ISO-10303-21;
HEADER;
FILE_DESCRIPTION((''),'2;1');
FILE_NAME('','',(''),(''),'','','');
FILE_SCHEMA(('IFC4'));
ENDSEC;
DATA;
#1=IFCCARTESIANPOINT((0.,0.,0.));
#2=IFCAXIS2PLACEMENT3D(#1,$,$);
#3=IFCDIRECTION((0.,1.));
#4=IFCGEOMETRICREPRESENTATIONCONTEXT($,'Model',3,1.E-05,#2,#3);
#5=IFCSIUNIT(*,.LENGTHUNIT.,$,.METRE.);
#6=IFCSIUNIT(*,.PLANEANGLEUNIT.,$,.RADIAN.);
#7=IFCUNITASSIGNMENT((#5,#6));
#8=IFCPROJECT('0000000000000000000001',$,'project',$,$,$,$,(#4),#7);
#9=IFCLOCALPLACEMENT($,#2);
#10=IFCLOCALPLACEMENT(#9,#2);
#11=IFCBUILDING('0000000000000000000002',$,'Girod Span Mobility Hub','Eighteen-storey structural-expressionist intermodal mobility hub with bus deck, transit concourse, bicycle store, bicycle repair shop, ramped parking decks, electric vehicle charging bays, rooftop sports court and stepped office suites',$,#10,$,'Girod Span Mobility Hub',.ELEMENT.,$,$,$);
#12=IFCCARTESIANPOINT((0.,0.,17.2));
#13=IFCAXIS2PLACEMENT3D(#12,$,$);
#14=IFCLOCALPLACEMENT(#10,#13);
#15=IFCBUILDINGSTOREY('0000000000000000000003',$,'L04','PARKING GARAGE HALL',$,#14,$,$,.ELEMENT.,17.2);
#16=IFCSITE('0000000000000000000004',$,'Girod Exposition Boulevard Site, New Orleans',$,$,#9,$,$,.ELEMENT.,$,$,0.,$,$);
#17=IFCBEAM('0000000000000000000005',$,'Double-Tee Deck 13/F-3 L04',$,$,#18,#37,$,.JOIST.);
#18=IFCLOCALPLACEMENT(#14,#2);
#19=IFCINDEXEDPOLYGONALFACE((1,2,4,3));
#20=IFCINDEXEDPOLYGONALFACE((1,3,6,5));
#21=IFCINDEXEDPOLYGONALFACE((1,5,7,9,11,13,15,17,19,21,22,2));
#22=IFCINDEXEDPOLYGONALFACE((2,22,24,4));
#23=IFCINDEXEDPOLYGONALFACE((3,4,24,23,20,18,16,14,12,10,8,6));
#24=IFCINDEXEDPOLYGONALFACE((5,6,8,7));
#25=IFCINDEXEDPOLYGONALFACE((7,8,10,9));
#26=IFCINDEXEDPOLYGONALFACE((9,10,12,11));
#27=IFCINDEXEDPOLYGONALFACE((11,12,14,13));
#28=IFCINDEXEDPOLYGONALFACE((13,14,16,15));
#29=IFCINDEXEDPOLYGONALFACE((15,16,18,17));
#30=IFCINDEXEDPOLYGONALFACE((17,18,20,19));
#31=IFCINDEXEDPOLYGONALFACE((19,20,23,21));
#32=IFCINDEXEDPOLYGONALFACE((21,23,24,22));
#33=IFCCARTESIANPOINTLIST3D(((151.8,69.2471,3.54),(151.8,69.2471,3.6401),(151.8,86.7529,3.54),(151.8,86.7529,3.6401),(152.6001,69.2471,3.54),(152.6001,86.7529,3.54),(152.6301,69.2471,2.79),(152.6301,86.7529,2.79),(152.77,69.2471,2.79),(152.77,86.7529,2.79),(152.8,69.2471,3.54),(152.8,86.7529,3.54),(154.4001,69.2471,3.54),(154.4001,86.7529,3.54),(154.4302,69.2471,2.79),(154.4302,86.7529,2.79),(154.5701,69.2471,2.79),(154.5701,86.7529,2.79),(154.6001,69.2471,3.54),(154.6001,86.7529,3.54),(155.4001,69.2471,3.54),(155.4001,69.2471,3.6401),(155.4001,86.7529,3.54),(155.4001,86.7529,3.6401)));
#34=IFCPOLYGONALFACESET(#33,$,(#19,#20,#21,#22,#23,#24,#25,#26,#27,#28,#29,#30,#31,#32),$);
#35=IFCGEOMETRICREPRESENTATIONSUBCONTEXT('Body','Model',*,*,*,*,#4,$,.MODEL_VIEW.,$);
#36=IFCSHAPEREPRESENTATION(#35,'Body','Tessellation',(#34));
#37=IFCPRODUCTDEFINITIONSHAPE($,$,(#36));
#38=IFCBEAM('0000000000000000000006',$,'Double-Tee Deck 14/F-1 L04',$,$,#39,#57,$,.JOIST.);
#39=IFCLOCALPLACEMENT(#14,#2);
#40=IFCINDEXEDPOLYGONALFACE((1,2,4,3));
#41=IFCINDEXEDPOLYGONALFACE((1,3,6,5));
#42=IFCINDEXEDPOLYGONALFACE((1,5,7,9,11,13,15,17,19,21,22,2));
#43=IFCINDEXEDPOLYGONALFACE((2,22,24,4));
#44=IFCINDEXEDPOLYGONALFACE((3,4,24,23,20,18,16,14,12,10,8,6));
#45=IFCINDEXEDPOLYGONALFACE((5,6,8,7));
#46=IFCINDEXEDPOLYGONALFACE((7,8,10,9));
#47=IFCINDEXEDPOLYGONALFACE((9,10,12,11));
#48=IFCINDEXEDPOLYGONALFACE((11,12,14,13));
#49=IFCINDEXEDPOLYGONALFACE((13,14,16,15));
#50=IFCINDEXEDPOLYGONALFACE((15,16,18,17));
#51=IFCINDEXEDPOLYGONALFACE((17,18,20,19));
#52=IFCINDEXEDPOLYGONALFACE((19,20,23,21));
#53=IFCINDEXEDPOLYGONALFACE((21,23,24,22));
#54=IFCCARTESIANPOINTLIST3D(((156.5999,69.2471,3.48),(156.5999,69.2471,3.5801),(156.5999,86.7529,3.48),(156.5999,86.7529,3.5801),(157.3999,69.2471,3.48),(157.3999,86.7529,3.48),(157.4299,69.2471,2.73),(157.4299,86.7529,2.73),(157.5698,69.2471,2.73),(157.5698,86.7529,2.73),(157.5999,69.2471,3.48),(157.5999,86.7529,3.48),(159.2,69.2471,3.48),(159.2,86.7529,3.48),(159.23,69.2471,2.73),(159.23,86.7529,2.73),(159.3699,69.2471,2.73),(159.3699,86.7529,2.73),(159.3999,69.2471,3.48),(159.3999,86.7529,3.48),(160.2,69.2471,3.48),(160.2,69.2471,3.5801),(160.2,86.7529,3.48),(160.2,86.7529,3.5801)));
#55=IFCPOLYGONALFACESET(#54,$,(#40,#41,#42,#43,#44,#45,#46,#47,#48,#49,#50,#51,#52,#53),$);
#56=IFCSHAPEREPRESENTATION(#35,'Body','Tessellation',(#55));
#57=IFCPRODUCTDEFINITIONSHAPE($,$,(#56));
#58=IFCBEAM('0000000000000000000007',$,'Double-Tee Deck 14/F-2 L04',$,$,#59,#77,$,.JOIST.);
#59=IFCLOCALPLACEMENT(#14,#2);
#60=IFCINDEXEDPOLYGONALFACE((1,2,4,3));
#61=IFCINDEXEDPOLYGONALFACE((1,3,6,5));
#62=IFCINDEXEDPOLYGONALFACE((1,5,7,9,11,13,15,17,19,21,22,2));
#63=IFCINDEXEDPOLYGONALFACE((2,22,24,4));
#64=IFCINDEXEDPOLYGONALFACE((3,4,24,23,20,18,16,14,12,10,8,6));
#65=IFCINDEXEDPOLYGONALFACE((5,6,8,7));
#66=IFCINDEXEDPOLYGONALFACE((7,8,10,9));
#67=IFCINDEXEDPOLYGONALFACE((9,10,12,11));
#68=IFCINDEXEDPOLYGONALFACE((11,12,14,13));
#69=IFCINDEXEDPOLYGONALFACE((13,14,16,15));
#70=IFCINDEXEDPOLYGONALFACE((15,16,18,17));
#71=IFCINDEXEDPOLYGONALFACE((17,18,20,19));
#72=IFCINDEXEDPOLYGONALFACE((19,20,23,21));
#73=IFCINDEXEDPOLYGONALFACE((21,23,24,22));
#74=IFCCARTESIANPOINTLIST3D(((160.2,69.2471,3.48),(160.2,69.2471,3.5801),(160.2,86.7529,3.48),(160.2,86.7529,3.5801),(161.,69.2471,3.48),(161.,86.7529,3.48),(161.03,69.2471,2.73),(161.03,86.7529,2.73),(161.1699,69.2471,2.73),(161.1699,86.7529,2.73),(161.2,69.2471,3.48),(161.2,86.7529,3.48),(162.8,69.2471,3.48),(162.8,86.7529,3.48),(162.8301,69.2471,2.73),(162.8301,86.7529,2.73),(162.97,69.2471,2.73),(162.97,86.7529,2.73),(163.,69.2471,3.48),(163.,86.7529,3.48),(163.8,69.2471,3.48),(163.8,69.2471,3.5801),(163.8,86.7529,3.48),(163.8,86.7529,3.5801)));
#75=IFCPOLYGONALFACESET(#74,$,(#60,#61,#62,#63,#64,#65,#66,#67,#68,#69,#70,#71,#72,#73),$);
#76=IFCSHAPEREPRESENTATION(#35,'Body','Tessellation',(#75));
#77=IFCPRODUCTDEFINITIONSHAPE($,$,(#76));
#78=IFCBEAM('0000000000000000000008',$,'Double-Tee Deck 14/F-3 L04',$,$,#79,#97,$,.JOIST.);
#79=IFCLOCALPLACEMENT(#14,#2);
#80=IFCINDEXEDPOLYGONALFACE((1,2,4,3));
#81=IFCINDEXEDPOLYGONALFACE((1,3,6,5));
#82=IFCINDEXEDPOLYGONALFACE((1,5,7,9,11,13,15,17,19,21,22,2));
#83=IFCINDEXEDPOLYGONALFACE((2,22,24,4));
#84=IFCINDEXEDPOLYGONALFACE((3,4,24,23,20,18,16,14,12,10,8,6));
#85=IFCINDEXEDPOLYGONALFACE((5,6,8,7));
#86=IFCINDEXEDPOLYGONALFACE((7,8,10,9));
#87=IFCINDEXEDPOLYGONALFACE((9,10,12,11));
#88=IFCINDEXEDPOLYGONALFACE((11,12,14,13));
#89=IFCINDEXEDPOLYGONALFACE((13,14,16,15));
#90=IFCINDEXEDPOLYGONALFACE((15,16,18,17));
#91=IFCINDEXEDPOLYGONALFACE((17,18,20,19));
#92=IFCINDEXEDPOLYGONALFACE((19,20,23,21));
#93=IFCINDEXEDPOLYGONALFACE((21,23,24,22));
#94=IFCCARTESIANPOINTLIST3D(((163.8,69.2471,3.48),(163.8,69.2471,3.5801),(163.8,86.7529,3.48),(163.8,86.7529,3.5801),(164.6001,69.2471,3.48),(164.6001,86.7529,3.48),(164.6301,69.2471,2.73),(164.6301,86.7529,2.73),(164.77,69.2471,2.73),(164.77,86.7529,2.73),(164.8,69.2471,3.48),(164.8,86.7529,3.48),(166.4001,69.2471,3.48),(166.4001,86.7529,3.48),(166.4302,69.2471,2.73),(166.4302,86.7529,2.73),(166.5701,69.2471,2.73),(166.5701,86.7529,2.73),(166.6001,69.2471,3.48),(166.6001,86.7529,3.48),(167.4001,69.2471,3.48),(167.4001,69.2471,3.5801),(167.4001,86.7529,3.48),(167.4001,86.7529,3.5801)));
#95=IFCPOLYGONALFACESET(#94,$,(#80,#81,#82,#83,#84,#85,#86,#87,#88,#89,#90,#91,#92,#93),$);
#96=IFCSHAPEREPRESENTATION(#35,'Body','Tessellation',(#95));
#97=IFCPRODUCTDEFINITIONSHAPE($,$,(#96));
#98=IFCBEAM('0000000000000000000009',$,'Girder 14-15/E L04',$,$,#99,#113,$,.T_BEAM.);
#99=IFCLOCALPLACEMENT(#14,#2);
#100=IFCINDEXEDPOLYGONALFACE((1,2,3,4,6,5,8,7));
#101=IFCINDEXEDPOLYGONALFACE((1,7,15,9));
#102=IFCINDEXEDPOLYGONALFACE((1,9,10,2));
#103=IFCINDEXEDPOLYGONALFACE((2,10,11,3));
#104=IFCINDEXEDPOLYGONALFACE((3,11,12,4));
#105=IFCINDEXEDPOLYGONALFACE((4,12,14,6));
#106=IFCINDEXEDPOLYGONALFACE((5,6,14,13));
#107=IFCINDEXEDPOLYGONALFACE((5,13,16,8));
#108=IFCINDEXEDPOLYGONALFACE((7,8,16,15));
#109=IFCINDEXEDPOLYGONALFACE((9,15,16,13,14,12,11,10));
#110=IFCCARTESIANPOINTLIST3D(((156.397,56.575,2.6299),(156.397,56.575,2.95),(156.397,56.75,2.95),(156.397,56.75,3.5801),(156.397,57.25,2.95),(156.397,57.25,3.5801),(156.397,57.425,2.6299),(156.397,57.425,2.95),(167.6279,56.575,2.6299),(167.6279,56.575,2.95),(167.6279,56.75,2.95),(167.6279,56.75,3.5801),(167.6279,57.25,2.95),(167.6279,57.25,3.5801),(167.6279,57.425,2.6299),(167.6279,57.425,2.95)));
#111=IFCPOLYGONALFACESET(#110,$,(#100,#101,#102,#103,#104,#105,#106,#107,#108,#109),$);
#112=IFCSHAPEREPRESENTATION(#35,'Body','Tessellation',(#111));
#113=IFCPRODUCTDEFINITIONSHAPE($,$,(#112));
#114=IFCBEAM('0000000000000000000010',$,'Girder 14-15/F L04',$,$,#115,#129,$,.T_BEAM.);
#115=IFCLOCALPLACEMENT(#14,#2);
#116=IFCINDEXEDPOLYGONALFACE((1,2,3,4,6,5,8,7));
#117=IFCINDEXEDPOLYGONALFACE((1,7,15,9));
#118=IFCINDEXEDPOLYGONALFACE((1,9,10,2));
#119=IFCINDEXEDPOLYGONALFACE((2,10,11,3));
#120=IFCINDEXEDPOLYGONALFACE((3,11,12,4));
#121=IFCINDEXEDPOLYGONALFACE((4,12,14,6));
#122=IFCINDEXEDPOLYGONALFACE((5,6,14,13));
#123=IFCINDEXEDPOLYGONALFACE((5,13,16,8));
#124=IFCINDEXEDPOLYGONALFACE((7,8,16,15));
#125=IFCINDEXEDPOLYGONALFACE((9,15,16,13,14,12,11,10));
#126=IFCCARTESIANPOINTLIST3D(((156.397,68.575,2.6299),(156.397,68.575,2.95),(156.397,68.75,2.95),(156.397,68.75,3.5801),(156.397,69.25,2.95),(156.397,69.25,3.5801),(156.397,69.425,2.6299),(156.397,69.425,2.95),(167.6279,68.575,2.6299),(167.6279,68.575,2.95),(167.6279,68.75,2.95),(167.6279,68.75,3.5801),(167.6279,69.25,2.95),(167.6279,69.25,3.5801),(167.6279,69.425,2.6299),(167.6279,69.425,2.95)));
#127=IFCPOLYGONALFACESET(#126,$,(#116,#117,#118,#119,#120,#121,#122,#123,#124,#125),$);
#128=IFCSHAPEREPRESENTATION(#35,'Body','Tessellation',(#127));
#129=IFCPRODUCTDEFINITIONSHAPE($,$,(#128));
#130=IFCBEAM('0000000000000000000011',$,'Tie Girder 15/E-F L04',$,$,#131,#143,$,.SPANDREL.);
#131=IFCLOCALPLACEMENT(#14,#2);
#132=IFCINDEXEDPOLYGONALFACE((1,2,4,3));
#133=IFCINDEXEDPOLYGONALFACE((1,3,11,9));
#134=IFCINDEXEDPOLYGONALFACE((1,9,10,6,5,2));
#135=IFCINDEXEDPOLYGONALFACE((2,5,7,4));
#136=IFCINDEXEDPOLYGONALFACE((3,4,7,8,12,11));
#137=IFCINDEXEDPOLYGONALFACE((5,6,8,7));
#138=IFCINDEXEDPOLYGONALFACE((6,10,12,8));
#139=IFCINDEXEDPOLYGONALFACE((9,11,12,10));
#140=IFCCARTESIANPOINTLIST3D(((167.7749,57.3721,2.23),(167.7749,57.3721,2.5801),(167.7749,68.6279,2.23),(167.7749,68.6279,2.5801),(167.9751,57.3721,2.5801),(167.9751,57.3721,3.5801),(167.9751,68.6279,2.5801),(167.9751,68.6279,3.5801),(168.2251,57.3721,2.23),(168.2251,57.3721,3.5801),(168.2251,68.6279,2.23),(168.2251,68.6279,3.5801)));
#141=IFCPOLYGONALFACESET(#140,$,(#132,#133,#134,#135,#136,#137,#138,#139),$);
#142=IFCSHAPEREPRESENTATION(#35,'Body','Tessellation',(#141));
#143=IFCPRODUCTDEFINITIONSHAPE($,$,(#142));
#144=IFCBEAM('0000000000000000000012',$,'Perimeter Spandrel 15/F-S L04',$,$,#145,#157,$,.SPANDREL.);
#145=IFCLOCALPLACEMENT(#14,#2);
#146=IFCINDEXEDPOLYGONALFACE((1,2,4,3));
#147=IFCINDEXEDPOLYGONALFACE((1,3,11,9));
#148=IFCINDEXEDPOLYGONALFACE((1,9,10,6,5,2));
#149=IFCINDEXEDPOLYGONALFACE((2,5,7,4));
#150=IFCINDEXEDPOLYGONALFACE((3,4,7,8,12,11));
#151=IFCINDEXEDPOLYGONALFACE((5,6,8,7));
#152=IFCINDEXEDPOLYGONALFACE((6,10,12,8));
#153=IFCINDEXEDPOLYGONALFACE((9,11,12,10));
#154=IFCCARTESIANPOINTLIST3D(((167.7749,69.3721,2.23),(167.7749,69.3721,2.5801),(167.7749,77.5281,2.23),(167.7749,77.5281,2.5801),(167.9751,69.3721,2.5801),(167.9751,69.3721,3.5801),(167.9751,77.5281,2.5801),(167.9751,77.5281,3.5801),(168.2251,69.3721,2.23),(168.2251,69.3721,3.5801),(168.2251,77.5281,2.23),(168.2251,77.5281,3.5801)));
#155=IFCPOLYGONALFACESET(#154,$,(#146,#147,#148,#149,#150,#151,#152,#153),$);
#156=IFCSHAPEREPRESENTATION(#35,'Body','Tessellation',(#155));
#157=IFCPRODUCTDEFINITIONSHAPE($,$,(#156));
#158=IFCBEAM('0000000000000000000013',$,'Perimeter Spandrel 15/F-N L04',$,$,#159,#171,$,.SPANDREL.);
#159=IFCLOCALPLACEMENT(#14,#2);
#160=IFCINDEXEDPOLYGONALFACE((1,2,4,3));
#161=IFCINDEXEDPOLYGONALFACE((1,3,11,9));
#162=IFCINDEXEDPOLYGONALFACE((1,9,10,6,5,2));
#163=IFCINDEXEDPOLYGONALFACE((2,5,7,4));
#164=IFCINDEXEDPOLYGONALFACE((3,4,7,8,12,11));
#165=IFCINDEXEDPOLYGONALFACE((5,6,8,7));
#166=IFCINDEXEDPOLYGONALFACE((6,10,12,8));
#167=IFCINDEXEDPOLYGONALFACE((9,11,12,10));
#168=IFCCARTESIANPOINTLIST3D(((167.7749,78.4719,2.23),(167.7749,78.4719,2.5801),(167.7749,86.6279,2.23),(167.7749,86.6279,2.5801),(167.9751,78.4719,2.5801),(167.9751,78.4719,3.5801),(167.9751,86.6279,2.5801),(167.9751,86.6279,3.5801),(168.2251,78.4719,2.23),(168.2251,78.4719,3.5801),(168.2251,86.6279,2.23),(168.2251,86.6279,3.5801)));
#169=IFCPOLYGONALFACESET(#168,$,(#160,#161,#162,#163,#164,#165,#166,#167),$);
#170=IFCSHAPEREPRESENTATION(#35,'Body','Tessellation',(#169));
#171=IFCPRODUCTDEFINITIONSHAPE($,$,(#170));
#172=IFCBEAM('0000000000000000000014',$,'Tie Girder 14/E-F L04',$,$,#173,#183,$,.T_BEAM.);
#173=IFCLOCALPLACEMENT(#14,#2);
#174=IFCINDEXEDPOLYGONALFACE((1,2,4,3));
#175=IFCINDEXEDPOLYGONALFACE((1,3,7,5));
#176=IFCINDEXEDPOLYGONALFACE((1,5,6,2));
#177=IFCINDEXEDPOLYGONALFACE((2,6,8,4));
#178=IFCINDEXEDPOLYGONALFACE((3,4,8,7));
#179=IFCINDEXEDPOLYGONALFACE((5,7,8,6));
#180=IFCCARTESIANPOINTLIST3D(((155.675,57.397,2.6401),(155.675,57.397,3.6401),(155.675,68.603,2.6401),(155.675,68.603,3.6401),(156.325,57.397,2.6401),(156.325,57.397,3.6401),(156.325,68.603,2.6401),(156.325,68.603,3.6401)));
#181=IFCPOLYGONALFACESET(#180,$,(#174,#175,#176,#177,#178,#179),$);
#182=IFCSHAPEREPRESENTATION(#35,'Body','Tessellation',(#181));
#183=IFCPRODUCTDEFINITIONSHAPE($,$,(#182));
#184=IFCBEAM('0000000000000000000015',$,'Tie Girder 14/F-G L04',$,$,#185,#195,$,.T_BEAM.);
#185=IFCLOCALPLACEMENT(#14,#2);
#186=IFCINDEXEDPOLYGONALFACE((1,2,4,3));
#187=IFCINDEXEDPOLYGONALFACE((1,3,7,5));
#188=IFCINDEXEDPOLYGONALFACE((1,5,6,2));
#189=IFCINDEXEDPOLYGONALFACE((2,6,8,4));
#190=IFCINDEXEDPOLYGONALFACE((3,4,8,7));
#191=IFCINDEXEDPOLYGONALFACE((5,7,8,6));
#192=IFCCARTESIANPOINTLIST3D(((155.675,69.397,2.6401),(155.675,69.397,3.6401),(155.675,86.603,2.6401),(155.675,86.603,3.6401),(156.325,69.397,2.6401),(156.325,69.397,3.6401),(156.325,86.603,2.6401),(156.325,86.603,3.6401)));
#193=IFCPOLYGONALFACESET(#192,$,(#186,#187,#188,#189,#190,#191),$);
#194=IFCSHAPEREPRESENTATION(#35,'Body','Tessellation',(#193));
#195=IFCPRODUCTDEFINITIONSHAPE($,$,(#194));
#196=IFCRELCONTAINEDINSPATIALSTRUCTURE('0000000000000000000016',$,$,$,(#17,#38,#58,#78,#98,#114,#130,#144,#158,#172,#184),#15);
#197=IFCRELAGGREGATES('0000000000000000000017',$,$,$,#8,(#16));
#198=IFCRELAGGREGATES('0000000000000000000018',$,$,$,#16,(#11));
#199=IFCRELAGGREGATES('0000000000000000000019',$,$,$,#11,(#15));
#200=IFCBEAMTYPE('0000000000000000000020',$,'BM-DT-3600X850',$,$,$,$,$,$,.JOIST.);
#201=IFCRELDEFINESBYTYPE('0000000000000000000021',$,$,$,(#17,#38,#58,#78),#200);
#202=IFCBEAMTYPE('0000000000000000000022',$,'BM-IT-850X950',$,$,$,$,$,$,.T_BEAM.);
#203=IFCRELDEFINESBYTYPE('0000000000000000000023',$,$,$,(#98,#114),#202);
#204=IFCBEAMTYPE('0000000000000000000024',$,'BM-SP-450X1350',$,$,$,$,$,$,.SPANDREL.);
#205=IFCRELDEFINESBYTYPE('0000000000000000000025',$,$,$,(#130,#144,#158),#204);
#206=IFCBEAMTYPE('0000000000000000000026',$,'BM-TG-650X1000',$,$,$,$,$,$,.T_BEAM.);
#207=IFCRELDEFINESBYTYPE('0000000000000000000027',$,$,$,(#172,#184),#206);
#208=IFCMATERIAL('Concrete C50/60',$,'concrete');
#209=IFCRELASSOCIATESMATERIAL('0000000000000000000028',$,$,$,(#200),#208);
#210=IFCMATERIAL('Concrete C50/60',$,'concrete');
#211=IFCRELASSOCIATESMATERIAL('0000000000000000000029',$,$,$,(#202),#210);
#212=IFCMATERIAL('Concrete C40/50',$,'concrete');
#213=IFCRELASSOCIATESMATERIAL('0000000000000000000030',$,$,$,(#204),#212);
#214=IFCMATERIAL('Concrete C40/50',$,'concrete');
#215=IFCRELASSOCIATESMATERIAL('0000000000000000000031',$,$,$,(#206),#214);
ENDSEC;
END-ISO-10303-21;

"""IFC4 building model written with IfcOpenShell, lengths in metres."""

from ifc_helpers import new_model, si_unit, direction, frame, origin, origin_2d, place, context, subcontext, project, spatial, polyline, rectangle, outline, extrude, material, material_profile, profile_set, type_object, element, save


model = new_model("IFC4")

# Units and contexts
model_context = context("Model", 3, precision=1e-05, world=origin(), true_north=direction((0.0, 1.0)))
body_context = subcontext(model_context, "Body", "Model", "MODEL_VIEW")
ifc_project = project(units=[si_unit("LENGTHUNIT", "METRE"), si_unit("PLANEANGLEUNIT", "RADIAN")], contexts=[model_context])

# Site, building, storey
site_placement = place(None, origin())
site = spatial("IfcSite", under=ifc_project, at=site_placement, Name="Girod Exposition Boulevard Site, New Orleans", CompositionType="ELEMENT", RefElevation=0.0)
building_placement = place(site_placement, origin())
building = spatial("IfcBuilding", under=site, at=building_placement, Name="Girod Span Mobility Hub", Description="Eighteen-storey structural-expressionist intermodal mobility hub with bus deck, transit concourse, bicycle store, bicycle repair shop, ramped parking decks, electric vehicle charging bays, rooftop sports court and stepped office suites", LongName="Girod Span Mobility Hub", CompositionType="ELEMENT")
storey_placement = place(building_placement, frame((0.0, 0.0, 17.2)))
storey = spatial("IfcBuildingStorey", under=building, at=storey_placement, Name="L04", Description="PARKING GARAGE HALL", CompositionType="ELEMENT", Elevation=17.2)

# Beams
ifc_material_1 = material(Name="Concrete C50/60", Category="concrete")
ifc_material_profile_1 = material_profile(ifc_material_1, outline(polyline([(-1.8, 0.425), (-1.8, 0.325), (-1.0, 0.325), (-0.97, -0.425), (-0.8301, -0.425), (-0.8, 0.325), (0.8, 0.325), (0.8301, -0.425), (0.97, -0.425), (1.0, 0.325), (1.8, 0.325), (1.8, 0.425), (-1.8, 0.425)])), Name="DT-3600X850")
ifc_profile_set_1 = profile_set([ifc_material_profile_1], Name="Concrete C50/60")
beam_type_1 = type_object("IfcBeamType", Name="BM-DT-3600X850", PredefinedType="JOIST", material=ifc_profile_set_1)
for number, where, z_axis, x_axis, name in (
    (1, (153.6001, 69.2471, 3.2151), (0.0, 1.0, 0.0), (-1.0, 0.0, 0.0), "Double-Tee Deck 13/F-3 L04"),
    (2, (158.3999, 69.2471, 3.155), (0.0, 1.0, 0.0), (-1.0, 0.0, 0.0), "Double-Tee Deck 14/F-1 L04"),
    (3, (162.0, 69.2471, 3.155), (0.0, 1.0, 0.0), (-1.0, 0.0, 0.0), "Double-Tee Deck 14/F-2 L04"),
    (4, (165.6001, 69.2471, 3.155), (0.0, 1.0, 0.0), (-1.0, 0.0, 0.0), "Double-Tee Deck 14/F-3 L04"),
):
    element("IfcBeam", number, at=place(storey_placement, frame(where, z_axis=z_axis, x_axis=x_axis)), inside=storey, type_object=beam_type_1, Name=name, PredefinedType="JOIST", context=body_context, shape_type="SweptSolid", body=[
        extrude(outline(polyline([(-1.8, 0.425), (-1.8, 0.325), (-1.0, 0.325), (-0.97, -0.425), (-0.8301, -0.425), (-0.8, 0.325), (0.8, 0.325), (0.8301, -0.425), (0.97, -0.425), (1.0, 0.325), (1.8, 0.325), (1.8, 0.425), (-1.8, 0.425)])), origin(), (0.0, 0.0, 1.0), 17.5059),
    ])
ifc_material_2 = material(Name="Concrete C50/60", Category="concrete")
ifc_material_profile_2 = material_profile(ifc_material_2, outline(polyline([(-0.425, -0.4751), (0.425, -0.4751), (0.425, -0.155), (0.25, -0.155), (0.25, 0.4751), (-0.25, 0.4751), (-0.25, -0.155), (-0.425, -0.155), (-0.425, -0.4751)])), Name="IT-850X950")
ifc_profile_set_2 = profile_set([ifc_material_profile_2], Name="Concrete C50/60")
beam_type_2 = type_object("IfcBeamType", Name="BM-IT-850X950", PredefinedType="T_BEAM", material=ifc_profile_set_2)
for number, where, z_axis, x_axis, name in (
    (5, (156.397, 57.0, 3.105), (1.0, 0.0, 0.0), (0.0, 1.0, 0.0), "Girder 14-15/E L04"),
    (6, (156.397, 69.0, 3.105), (1.0, 0.0, 0.0), (0.0, 1.0, 0.0), "Girder 14-15/F L04"),
):
    element("IfcBeam", number, at=place(storey_placement, frame(where, z_axis=z_axis, x_axis=x_axis)), inside=storey, type_object=beam_type_2, Name=name, PredefinedType="T_BEAM", context=body_context, shape_type="SweptSolid", body=[
        extrude(outline(polyline([(-0.425, -0.4751), (0.425, -0.4751), (0.425, -0.155), (0.25, -0.155), (0.25, 0.4751), (-0.25, 0.4751), (-0.25, -0.155), (-0.425, -0.155), (-0.425, -0.4751)])), origin(), (0.0, 0.0, 1.0), 11.231),
    ])
ifc_material_3 = material(Name="Concrete C40/50", Category="concrete")
ifc_material_profile_3 = material_profile(ifc_material_3, outline(polyline([(-0.2251, -0.675), (0.2251, -0.675), (0.2251, -0.325), (0.0249, -0.325), (0.0249, 0.675), (-0.2251, 0.675), (-0.2251, -0.675)])), Name="SP-450X1350")
ifc_profile_set_3 = profile_set([ifc_material_profile_3], Name="Concrete C40/50")
beam_type_3 = type_object("IfcBeamType", Name="BM-SP-450X1350", PredefinedType="SPANDREL", material=ifc_profile_set_3)
beam_1_placement = place(storey_placement, frame((168.0, 57.3721, 2.905), z_axis=(0.0, 1.0, 0.0), x_axis=(-1.0, 0.0, 0.0)))
element("IfcBeam", 7, at=beam_1_placement, inside=storey, type_object=beam_type_3, Name="Tie Girder 15/E-F L04", PredefinedType="SPANDREL", context=body_context, shape_type="SweptSolid", body=[
    extrude(outline(polyline([(-0.2251, -0.675), (0.2251, -0.675), (0.2251, -0.325), (0.0249, -0.325), (0.0249, 0.675), (-0.2251, 0.675), (-0.2251, -0.675)])), origin(), (0.0, 0.0, 1.0), 11.2559),
])
for number, where, z_axis, x_axis, name in (
    (8, (168.0, 69.3721, 2.905), (0.0, 1.0, 0.0), (-1.0, 0.0, 0.0), "Perimeter Spandrel 15/F-S L04"),
    (9, (168.0, 78.4719, 2.905), (0.0, 1.0, 0.0), (-1.0, 0.0, 0.0), "Perimeter Spandrel 15/F-N L04"),
):
    element("IfcBeam", number, at=place(storey_placement, frame(where, z_axis=z_axis, x_axis=x_axis)), inside=storey, type_object=beam_type_3, Name=name, PredefinedType="SPANDREL", context=body_context, shape_type="SweptSolid", body=[
        extrude(outline(polyline([(-0.2251, -0.675), (0.2251, -0.675), (0.2251, -0.325), (0.0249, -0.325), (0.0249, 0.675), (-0.2251, 0.675), (-0.2251, -0.675)])), origin(), (0.0, 0.0, 1.0), 8.156),
    ])
ifc_material_4 = material(Name="Concrete C40/50", Category="concrete")
ifc_material_profile_4 = material_profile(ifc_material_4, rectangle(XDim=0.6499, YDim=1.0, at=origin_2d()), Name="TG-650X1000")
ifc_profile_set_4 = profile_set([ifc_material_profile_4], Name="Concrete C40/50")
beam_type_4 = type_object("IfcBeamType", Name="BM-TG-650X1000", PredefinedType="T_BEAM", material=ifc_profile_set_4)
beam_2_placement = place(storey_placement, frame((156.0, 57.397, 3.1401), z_axis=(0.0, 1.0, 0.0), x_axis=(-1.0, 0.0, 0.0)))
element("IfcBeam", 10, at=beam_2_placement, inside=storey, type_object=beam_type_4, Name="Tie Girder 14/E-F L04", PredefinedType="T_BEAM", context=body_context, shape_type="SweptSolid", body=[
    extrude(rectangle(XDim=0.6499, YDim=1.0, at=origin_2d()), origin(), (0.0, 0.0, 1.0), 11.2061),
])
beam_3_placement = place(storey_placement, frame((156.0, 69.397, 3.1401), z_axis=(0.0, 1.0, 0.0), x_axis=(-1.0, 0.0, 0.0)))
element("IfcBeam", 11, at=beam_3_placement, inside=storey, type_object=beam_type_4, Name="Tie Girder 14/F-G L04", PredefinedType="T_BEAM", context=body_context, shape_type="SweptSolid", body=[
    extrude(rectangle(XDim=0.6499, YDim=1.0, at=origin_2d()), origin(), (0.0, 0.0, 1.0), 17.2061),
])

save(model, "model.ifc")
